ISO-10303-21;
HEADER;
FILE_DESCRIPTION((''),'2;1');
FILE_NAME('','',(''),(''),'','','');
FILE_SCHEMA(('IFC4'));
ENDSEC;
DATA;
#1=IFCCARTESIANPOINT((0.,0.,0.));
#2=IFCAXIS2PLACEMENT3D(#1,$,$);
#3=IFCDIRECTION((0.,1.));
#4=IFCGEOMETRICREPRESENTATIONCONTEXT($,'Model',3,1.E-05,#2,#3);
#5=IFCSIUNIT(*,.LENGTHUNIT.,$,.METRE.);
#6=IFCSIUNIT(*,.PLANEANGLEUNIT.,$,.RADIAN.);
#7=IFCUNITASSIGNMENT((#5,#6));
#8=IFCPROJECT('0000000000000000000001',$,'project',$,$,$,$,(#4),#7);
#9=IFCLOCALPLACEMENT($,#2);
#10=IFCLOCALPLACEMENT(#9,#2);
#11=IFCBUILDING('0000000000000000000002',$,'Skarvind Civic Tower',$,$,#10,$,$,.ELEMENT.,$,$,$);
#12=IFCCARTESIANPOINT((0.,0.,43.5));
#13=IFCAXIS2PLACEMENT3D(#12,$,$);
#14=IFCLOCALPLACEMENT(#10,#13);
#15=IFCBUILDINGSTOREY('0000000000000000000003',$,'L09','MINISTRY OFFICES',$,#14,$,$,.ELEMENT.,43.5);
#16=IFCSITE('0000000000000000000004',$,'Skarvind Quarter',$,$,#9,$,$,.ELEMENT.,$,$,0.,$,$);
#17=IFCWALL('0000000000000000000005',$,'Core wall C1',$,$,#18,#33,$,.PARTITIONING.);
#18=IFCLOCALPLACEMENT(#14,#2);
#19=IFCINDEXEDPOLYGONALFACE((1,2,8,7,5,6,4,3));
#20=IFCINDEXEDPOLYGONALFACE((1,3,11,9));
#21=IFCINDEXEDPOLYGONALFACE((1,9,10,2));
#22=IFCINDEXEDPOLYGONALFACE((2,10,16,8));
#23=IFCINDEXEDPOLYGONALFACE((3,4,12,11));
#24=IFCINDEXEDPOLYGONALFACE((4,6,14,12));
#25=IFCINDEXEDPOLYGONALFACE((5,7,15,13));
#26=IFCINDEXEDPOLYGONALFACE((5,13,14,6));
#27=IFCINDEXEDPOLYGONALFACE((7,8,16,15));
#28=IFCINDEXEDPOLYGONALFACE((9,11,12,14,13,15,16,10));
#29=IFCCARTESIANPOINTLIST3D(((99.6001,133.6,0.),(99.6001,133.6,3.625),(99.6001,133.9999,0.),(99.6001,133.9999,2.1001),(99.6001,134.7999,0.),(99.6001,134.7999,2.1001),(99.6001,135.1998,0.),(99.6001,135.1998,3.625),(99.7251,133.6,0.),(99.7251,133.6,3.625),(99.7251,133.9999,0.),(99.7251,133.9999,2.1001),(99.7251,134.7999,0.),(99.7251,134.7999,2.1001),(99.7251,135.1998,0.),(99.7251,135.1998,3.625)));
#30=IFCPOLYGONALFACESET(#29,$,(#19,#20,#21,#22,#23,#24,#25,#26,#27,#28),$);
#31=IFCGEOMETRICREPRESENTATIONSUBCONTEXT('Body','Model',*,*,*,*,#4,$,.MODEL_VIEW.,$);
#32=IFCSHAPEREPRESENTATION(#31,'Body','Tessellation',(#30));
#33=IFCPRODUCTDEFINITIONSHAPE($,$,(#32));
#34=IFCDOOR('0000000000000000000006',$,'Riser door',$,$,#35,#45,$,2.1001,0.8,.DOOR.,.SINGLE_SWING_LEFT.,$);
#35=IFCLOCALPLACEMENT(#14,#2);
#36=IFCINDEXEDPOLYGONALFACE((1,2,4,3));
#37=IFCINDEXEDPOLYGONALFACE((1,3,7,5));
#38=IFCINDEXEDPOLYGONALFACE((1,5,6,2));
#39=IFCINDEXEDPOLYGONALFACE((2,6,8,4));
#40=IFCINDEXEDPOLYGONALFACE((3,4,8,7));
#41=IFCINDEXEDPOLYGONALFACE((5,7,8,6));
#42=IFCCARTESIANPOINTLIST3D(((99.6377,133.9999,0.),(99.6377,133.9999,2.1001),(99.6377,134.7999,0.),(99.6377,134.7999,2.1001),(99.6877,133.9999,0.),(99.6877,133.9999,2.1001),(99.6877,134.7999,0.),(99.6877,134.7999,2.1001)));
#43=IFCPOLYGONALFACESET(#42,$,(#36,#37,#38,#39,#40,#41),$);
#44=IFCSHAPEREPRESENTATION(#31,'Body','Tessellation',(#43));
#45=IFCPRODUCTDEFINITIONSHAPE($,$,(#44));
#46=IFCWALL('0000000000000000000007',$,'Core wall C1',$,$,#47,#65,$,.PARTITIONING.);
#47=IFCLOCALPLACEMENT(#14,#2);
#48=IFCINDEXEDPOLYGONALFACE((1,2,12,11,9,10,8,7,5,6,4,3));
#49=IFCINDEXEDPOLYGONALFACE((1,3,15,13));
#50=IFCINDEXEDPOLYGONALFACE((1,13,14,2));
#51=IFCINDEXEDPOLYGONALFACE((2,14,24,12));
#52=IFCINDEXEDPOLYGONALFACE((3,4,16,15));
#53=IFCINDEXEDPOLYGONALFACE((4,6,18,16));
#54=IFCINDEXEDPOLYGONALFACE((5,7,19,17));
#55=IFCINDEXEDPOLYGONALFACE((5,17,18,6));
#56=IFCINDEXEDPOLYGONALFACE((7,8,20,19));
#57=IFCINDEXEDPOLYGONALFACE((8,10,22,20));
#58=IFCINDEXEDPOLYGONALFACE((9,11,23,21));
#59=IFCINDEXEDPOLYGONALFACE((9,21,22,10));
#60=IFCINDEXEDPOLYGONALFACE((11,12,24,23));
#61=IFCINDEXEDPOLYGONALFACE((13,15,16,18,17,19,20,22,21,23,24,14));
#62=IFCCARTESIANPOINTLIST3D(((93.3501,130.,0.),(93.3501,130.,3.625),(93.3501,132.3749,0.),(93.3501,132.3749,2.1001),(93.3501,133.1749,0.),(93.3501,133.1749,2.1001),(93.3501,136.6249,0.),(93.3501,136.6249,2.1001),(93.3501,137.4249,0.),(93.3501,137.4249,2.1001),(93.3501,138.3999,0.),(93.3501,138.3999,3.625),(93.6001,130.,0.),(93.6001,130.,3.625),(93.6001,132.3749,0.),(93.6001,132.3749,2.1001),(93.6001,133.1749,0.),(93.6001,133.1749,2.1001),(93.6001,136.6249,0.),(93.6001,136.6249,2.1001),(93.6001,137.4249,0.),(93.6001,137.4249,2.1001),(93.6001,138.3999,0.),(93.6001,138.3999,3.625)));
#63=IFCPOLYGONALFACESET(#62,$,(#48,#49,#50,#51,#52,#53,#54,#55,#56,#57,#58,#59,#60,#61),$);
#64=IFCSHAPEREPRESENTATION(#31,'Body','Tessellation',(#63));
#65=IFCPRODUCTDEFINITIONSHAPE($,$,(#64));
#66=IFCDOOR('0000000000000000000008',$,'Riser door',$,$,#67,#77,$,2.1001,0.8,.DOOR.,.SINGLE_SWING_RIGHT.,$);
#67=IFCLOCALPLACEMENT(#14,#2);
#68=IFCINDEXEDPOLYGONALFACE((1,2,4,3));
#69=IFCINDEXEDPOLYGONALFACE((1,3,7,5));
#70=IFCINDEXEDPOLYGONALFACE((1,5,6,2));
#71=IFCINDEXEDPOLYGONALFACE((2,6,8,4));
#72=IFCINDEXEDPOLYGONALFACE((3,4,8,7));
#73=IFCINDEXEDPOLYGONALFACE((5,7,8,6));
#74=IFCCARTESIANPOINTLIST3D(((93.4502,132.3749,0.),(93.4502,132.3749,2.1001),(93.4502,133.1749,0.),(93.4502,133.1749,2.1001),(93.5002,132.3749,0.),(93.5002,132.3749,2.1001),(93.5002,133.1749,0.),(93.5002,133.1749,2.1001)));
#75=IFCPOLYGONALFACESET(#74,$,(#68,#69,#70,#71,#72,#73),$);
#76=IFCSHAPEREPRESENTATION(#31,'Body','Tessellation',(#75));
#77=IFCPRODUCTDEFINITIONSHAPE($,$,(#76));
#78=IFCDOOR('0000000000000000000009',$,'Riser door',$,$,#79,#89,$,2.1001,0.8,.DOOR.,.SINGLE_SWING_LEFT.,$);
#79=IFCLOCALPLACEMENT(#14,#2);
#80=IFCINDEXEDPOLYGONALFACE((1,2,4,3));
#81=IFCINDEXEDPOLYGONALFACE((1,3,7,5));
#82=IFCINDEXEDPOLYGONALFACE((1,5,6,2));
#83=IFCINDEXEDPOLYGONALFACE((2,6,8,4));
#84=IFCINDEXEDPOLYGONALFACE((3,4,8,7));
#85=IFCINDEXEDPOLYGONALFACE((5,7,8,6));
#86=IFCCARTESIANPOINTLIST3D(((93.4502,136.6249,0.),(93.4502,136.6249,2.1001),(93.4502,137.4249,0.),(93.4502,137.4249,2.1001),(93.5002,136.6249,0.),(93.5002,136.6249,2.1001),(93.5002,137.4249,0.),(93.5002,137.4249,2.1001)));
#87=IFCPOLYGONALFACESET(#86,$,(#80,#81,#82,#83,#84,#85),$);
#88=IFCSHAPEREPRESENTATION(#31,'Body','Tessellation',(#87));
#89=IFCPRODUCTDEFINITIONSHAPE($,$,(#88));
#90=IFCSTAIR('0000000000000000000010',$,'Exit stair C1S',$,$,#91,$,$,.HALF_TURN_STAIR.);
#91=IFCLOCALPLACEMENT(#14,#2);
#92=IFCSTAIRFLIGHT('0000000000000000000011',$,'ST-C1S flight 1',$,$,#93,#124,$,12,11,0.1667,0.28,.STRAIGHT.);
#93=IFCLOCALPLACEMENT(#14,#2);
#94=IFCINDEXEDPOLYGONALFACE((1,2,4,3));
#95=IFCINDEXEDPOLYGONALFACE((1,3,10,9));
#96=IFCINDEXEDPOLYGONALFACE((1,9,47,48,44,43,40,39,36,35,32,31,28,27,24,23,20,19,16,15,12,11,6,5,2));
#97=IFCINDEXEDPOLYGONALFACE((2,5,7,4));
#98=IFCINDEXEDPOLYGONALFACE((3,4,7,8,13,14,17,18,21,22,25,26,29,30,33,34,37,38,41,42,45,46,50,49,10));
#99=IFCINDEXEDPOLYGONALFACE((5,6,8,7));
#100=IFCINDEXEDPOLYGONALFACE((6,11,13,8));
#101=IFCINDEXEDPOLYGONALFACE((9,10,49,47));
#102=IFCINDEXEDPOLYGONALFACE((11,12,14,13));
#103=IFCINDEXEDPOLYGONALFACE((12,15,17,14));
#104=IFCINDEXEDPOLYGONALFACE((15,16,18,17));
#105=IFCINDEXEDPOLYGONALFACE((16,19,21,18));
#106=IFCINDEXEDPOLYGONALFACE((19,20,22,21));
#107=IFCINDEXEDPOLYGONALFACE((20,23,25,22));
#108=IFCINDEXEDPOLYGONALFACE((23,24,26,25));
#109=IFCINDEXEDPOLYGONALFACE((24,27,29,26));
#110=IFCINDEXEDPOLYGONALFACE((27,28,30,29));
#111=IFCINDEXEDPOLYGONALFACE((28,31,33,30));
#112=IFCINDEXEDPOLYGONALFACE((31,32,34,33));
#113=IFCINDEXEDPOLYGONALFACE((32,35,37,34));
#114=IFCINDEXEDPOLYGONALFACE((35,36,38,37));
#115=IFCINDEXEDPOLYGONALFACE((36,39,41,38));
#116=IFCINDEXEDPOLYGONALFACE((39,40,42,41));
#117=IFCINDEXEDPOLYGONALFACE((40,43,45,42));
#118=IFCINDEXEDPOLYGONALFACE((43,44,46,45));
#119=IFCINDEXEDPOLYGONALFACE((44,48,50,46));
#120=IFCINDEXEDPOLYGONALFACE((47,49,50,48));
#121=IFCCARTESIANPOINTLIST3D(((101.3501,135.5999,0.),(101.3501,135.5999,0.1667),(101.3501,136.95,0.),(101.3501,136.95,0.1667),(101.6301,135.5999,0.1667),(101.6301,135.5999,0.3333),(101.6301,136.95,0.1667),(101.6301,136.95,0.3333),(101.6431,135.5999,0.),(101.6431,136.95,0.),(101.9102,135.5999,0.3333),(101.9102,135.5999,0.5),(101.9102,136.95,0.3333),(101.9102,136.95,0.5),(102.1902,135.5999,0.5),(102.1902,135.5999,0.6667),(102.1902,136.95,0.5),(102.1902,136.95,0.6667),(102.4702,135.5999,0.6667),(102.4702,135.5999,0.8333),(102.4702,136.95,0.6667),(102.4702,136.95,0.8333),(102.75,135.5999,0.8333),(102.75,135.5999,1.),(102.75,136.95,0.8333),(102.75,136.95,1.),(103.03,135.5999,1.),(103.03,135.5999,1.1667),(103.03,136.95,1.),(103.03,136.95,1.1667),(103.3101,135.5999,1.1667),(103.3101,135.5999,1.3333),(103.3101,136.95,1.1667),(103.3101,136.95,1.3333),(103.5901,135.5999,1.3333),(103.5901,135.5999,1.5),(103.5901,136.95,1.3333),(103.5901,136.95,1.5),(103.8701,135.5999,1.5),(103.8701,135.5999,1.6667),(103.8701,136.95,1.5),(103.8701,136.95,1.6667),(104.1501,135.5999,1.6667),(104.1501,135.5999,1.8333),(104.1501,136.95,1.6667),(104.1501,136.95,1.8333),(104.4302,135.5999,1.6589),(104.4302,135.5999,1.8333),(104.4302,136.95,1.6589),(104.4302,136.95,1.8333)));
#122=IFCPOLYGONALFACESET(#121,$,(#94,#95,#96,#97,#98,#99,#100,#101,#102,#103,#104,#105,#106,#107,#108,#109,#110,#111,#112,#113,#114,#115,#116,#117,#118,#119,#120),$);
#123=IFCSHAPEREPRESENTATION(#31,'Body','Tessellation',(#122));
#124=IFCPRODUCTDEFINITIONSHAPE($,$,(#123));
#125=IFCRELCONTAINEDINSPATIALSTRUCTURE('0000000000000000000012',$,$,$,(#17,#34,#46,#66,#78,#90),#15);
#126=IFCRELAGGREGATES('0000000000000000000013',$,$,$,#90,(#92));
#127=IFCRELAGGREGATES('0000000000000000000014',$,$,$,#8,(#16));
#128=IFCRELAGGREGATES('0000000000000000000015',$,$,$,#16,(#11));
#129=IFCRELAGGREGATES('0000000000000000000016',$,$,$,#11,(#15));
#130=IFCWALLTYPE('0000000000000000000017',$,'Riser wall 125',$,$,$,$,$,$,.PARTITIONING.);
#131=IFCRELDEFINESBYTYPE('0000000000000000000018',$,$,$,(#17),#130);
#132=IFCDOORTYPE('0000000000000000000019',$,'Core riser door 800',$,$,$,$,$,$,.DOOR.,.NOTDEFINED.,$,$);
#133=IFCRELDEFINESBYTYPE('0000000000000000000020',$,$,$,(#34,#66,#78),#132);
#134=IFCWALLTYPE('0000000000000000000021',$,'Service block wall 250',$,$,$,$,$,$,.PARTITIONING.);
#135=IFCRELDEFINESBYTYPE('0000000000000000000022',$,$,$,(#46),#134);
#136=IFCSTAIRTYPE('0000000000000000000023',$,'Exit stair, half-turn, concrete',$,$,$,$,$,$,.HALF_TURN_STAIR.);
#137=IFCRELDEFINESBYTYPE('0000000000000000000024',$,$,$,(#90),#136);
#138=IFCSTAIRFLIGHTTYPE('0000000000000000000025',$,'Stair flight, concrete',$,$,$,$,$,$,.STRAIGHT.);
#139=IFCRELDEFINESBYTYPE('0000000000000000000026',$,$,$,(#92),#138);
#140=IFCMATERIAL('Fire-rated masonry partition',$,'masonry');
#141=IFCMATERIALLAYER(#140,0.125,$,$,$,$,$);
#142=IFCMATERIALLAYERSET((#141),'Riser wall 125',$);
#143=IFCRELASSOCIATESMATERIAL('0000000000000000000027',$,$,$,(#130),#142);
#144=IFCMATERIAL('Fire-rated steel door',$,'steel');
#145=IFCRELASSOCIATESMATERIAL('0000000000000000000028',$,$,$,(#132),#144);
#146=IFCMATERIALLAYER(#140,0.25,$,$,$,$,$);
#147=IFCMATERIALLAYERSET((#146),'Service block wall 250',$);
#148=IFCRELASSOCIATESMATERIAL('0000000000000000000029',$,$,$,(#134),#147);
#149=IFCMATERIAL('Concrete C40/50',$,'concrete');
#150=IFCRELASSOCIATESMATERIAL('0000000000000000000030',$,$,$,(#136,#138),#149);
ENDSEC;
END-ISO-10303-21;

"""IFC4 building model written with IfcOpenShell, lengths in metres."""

from ifc_helpers import new_model, si_unit, direction, frame, frame_2d, origin, place, context, subcontext, project, spatial, polyline, rectangle, outline, extrude, material, layer, layer_set, type_object, element, fill, aggregate, save


model = new_model("IFC4")

# Units and contexts
model_context = context("Model", 3, precision=1e-05, world=origin(), true_north=direction((0.0, 1.0)))
body_context = subcontext(model_context, "Body", "Model", "MODEL_VIEW")
ifc_project = project(units=[si_unit("LENGTHUNIT", "METRE"), si_unit("PLANEANGLEUNIT", "RADIAN")], contexts=[model_context])

# Site, building, storey
site_placement = place(None, origin())
site = spatial("IfcSite", under=ifc_project, at=site_placement, Name="Skarvind Quarter", CompositionType="ELEMENT", RefElevation=0.0)
building_placement = place(site_placement, origin())
building = spatial("IfcBuilding", under=site, at=building_placement, Name="Skarvind Civic Tower", CompositionType="ELEMENT")
storey_placement = place(building_placement, frame((0.0, 0.0, 43.5)))
storey = spatial("IfcBuildingStorey", under=building, at=storey_placement, Name="L09", Description="MINISTRY OFFICES", CompositionType="ELEMENT", Elevation=43.5)

# Shared definitions
ifc_material_1 = material(Name="Fire-rated masonry partition", Category="masonry")
ifc_material_2 = material(Name="Fire-rated steel door", Category="steel")

# Wall, opening, door
ifc_layer_1 = layer(ifc_material_1, 0.125)
ifc_layer_set_1 = layer_set([ifc_layer_1], Name="Riser wall 125")
wall_type_1 = type_object("IfcWallType", Name="Riser wall 125", PredefinedType="PARTITIONING", material=ifc_layer_set_1)
wall_1_placement = place(storey_placement, frame((99.6626, 133.6001, 0.0), z_axis=(0.0, 0.0, 1.0), x_axis=(0.0, 1.0, 0.0)))
wall_1 = element("IfcWall", 1, at=wall_1_placement, inside=storey, type_object=wall_type_1, Name="Core wall C1", PredefinedType="PARTITIONING", context=body_context, shape_type="SweptSolid", body=[
    extrude(rectangle(XDim=1.5999, YDim=0.125, at=frame_2d((0.7998, 0.0))), origin(), (0.0, 0.0, 1.0), 3.625),
])
opening_1_placement = place(wall_1_placement, frame((0.3999, 0.0, 0.0)))
opening_1 = element("IfcOpeningElement", 2, at=opening_1_placement, cuts=wall_1, PredefinedType="OPENING", context=body_context, shape_type="SweptSolid", body=[
    extrude(rectangle(XDim=0.8, YDim=2.1001, at=frame_2d((0.3999, 1.05))), frame((0.0, 0.0725, 0.0), z_axis=(0.0, -1.0, 0.0), x_axis=(1.0, 0.0, 0.0)), (0.0, 0.0, 1.0), 0.145),
])
door_type_1 = type_object("IfcDoorType", Name="Core riser door 800", OperationType="NOTDEFINED", PredefinedType="DOOR", material=ifc_material_2)
door_1_placement = place(opening_1_placement, origin())
door_1 = element("IfcDoor", 3, at=door_1_placement, inside=storey, type_object=door_type_1, Name="Riser door", OperationType="SINGLE_SWING_LEFT", OverallHeight=2.1001, OverallWidth=0.8, PredefinedType="DOOR", context=body_context, shape_type="SweptSolid", body=[
    extrude(rectangle(XDim=0.8, YDim=2.1001, at=frame_2d((0.3999, 1.05))), frame((0.0, 0.0249, 0.0), z_axis=(0.0, -1.0, 0.0), x_axis=(1.0, 0.0, 0.0)), (0.0, 0.0, 1.0), 0.05),
])
fill(opening_1, door_1)

# Wall, openings, doors
ifc_layer_2 = layer(ifc_material_1, 0.25)
ifc_layer_set_2 = layer_set([ifc_layer_2], Name="Service block wall 250")
wall_type_2 = type_object("IfcWallType", Name="Service block wall 250", PredefinedType="PARTITIONING", material=ifc_layer_set_2)
wall_2_placement = place(storey_placement, frame((93.4751, 130.0, 0.0), z_axis=(0.0, 0.0, 1.0), x_axis=(0.0, 1.0, 0.0)))
wall_2 = element("IfcWall", 4, at=wall_2_placement, inside=storey, type_object=wall_type_2, Name="Core wall C1", PredefinedType="PARTITIONING", context=body_context, shape_type="SweptSolid", body=[
    extrude(rectangle(XDim=8.3999, YDim=0.25, at=frame_2d((4.2, 0.0))), origin(), (0.0, 0.0, 1.0), 3.625),
])
opening_2_placement = place(wall_2_placement, frame((2.375, 0.0, 0.0)))
opening_2 = element("IfcOpeningElement", 5, at=opening_2_placement, cuts=wall_2, PredefinedType="OPENING", context=body_context, shape_type="SweptSolid", body=[
    extrude(rectangle(XDim=0.8, YDim=2.1001, at=frame_2d((0.3999, 1.05))), frame((0.0, 0.135, 0.0), z_axis=(0.0, -1.0, 0.0), x_axis=(1.0, 0.0, 0.0)), (0.0, 0.0, 1.0), 0.27),
])
opening_3_placement = place(wall_2_placement, frame((6.625, 0.0, 0.0)))
opening_3 = element("IfcOpeningElement", 6, at=opening_3_placement, cuts=wall_2, PredefinedType="OPENING", context=body_context, shape_type="SweptSolid", body=[
    extrude(rectangle(XDim=0.8, YDim=2.1001, at=frame_2d((0.3999, 1.05))), frame((0.0, 0.135, 0.0), z_axis=(0.0, -1.0, 0.0), x_axis=(1.0, 0.0, 0.0)), (0.0, 0.0, 1.0), 0.27),
])
door_2_placement = place(opening_2_placement, origin())
door_2 = element("IfcDoor", 7, at=door_2_placement, inside=storey, type_object=door_type_1, Name="Riser door", OperationType="SINGLE_SWING_RIGHT", OverallHeight=2.1001, OverallWidth=0.8, PredefinedType="DOOR", context=body_context, shape_type="SweptSolid", body=[
    extrude(rectangle(XDim=0.8, YDim=2.1001, at=frame_2d((0.3999, 1.05))), frame((0.0, 0.0249, 0.0), z_axis=(0.0, -1.0, 0.0), x_axis=(1.0, 0.0, 0.0)), (0.0, 0.0, 1.0), 0.05),
])
fill(opening_2, door_2)
door_3_placement = place(opening_3_placement, origin())
door_3 = element("IfcDoor", 8, at=door_3_placement, inside=storey, type_object=door_type_1, Name="Riser door", OperationType="SINGLE_SWING_LEFT", OverallHeight=2.1001, OverallWidth=0.8, PredefinedType="DOOR", context=body_context, shape_type="SweptSolid", body=[
    extrude(rectangle(XDim=0.8, YDim=2.1001, at=frame_2d((0.3999, 1.05))), frame((0.0, 0.0249, 0.0), z_axis=(0.0, -1.0, 0.0), x_axis=(1.0, 0.0, 0.0)), (0.0, 0.0, 1.0), 0.05),
])
fill(opening_3, door_3)

# Stair, stair flight
ifc_material_3 = material(Name="Concrete C40/50", Category="concrete")
stair_type = type_object("IfcStairType", Name="Exit stair, half-turn, concrete", PredefinedType="HALF_TURN_STAIR", material=ifc_material_3)
stair_placement = place(storey_placement, origin())
stair = element("IfcStair", 9, at=stair_placement, inside=storey, type_object=stair_type, Name="Exit stair C1S", PredefinedType="HALF_TURN_STAIR")
stair_flight_type = type_object("IfcStairFlightType", Name="Stair flight, concrete", PredefinedType="STRAIGHT", material=ifc_material_3)
stair_flight_placement = place(storey_placement, frame((101.3501, 136.2749, 0.0), z_axis=(0.0, 0.0, 1.0), x_axis=(1.0, 0.0, 0.0)))
stair_flight = element("IfcStairFlight", 10, at=stair_flight_placement, type_object=stair_flight_type, Name="ST-C1S flight 1", NumberOfRisers=12, NumberOfTreads=11, PredefinedType="STRAIGHT", RiserHeight=0.1667, TreadLength=0.28, context=body_context, shape_type="SweptSolid", body=[
    extrude(outline(polyline([(0.0, 0.0), (0.0, 0.1667), (0.28, 0.1667), (0.28, 0.3333), (0.5601, 0.3333), (0.5601, 0.5), (0.8401, 0.5), (0.8401, 0.6667), (1.1201, 0.6667), (1.1201, 0.8333), (1.3999, 0.8333), (1.3999, 1.0), (1.6799, 1.0), (1.6799, 1.1667), (1.96, 1.1667), (1.96, 1.3333), (2.24, 1.3333), (2.24, 1.5), (2.52, 1.5), (2.52, 1.6667), (2.8, 1.6667), (2.8, 1.8333), (3.0801, 1.8333), (3.0801, 2.0), (3.0801, 1.6589), (0.293, 0.0), (0.0, 0.0)])), frame((0.0, 0.675, 0.0), z_axis=(0.0, -1.0, 0.0), x_axis=(1.0, 0.0, 0.0)), (0.0, 0.0, 1.0), 1.3501),
])
aggregate(stair, [stair_flight])

save(model, "model.ifc")
